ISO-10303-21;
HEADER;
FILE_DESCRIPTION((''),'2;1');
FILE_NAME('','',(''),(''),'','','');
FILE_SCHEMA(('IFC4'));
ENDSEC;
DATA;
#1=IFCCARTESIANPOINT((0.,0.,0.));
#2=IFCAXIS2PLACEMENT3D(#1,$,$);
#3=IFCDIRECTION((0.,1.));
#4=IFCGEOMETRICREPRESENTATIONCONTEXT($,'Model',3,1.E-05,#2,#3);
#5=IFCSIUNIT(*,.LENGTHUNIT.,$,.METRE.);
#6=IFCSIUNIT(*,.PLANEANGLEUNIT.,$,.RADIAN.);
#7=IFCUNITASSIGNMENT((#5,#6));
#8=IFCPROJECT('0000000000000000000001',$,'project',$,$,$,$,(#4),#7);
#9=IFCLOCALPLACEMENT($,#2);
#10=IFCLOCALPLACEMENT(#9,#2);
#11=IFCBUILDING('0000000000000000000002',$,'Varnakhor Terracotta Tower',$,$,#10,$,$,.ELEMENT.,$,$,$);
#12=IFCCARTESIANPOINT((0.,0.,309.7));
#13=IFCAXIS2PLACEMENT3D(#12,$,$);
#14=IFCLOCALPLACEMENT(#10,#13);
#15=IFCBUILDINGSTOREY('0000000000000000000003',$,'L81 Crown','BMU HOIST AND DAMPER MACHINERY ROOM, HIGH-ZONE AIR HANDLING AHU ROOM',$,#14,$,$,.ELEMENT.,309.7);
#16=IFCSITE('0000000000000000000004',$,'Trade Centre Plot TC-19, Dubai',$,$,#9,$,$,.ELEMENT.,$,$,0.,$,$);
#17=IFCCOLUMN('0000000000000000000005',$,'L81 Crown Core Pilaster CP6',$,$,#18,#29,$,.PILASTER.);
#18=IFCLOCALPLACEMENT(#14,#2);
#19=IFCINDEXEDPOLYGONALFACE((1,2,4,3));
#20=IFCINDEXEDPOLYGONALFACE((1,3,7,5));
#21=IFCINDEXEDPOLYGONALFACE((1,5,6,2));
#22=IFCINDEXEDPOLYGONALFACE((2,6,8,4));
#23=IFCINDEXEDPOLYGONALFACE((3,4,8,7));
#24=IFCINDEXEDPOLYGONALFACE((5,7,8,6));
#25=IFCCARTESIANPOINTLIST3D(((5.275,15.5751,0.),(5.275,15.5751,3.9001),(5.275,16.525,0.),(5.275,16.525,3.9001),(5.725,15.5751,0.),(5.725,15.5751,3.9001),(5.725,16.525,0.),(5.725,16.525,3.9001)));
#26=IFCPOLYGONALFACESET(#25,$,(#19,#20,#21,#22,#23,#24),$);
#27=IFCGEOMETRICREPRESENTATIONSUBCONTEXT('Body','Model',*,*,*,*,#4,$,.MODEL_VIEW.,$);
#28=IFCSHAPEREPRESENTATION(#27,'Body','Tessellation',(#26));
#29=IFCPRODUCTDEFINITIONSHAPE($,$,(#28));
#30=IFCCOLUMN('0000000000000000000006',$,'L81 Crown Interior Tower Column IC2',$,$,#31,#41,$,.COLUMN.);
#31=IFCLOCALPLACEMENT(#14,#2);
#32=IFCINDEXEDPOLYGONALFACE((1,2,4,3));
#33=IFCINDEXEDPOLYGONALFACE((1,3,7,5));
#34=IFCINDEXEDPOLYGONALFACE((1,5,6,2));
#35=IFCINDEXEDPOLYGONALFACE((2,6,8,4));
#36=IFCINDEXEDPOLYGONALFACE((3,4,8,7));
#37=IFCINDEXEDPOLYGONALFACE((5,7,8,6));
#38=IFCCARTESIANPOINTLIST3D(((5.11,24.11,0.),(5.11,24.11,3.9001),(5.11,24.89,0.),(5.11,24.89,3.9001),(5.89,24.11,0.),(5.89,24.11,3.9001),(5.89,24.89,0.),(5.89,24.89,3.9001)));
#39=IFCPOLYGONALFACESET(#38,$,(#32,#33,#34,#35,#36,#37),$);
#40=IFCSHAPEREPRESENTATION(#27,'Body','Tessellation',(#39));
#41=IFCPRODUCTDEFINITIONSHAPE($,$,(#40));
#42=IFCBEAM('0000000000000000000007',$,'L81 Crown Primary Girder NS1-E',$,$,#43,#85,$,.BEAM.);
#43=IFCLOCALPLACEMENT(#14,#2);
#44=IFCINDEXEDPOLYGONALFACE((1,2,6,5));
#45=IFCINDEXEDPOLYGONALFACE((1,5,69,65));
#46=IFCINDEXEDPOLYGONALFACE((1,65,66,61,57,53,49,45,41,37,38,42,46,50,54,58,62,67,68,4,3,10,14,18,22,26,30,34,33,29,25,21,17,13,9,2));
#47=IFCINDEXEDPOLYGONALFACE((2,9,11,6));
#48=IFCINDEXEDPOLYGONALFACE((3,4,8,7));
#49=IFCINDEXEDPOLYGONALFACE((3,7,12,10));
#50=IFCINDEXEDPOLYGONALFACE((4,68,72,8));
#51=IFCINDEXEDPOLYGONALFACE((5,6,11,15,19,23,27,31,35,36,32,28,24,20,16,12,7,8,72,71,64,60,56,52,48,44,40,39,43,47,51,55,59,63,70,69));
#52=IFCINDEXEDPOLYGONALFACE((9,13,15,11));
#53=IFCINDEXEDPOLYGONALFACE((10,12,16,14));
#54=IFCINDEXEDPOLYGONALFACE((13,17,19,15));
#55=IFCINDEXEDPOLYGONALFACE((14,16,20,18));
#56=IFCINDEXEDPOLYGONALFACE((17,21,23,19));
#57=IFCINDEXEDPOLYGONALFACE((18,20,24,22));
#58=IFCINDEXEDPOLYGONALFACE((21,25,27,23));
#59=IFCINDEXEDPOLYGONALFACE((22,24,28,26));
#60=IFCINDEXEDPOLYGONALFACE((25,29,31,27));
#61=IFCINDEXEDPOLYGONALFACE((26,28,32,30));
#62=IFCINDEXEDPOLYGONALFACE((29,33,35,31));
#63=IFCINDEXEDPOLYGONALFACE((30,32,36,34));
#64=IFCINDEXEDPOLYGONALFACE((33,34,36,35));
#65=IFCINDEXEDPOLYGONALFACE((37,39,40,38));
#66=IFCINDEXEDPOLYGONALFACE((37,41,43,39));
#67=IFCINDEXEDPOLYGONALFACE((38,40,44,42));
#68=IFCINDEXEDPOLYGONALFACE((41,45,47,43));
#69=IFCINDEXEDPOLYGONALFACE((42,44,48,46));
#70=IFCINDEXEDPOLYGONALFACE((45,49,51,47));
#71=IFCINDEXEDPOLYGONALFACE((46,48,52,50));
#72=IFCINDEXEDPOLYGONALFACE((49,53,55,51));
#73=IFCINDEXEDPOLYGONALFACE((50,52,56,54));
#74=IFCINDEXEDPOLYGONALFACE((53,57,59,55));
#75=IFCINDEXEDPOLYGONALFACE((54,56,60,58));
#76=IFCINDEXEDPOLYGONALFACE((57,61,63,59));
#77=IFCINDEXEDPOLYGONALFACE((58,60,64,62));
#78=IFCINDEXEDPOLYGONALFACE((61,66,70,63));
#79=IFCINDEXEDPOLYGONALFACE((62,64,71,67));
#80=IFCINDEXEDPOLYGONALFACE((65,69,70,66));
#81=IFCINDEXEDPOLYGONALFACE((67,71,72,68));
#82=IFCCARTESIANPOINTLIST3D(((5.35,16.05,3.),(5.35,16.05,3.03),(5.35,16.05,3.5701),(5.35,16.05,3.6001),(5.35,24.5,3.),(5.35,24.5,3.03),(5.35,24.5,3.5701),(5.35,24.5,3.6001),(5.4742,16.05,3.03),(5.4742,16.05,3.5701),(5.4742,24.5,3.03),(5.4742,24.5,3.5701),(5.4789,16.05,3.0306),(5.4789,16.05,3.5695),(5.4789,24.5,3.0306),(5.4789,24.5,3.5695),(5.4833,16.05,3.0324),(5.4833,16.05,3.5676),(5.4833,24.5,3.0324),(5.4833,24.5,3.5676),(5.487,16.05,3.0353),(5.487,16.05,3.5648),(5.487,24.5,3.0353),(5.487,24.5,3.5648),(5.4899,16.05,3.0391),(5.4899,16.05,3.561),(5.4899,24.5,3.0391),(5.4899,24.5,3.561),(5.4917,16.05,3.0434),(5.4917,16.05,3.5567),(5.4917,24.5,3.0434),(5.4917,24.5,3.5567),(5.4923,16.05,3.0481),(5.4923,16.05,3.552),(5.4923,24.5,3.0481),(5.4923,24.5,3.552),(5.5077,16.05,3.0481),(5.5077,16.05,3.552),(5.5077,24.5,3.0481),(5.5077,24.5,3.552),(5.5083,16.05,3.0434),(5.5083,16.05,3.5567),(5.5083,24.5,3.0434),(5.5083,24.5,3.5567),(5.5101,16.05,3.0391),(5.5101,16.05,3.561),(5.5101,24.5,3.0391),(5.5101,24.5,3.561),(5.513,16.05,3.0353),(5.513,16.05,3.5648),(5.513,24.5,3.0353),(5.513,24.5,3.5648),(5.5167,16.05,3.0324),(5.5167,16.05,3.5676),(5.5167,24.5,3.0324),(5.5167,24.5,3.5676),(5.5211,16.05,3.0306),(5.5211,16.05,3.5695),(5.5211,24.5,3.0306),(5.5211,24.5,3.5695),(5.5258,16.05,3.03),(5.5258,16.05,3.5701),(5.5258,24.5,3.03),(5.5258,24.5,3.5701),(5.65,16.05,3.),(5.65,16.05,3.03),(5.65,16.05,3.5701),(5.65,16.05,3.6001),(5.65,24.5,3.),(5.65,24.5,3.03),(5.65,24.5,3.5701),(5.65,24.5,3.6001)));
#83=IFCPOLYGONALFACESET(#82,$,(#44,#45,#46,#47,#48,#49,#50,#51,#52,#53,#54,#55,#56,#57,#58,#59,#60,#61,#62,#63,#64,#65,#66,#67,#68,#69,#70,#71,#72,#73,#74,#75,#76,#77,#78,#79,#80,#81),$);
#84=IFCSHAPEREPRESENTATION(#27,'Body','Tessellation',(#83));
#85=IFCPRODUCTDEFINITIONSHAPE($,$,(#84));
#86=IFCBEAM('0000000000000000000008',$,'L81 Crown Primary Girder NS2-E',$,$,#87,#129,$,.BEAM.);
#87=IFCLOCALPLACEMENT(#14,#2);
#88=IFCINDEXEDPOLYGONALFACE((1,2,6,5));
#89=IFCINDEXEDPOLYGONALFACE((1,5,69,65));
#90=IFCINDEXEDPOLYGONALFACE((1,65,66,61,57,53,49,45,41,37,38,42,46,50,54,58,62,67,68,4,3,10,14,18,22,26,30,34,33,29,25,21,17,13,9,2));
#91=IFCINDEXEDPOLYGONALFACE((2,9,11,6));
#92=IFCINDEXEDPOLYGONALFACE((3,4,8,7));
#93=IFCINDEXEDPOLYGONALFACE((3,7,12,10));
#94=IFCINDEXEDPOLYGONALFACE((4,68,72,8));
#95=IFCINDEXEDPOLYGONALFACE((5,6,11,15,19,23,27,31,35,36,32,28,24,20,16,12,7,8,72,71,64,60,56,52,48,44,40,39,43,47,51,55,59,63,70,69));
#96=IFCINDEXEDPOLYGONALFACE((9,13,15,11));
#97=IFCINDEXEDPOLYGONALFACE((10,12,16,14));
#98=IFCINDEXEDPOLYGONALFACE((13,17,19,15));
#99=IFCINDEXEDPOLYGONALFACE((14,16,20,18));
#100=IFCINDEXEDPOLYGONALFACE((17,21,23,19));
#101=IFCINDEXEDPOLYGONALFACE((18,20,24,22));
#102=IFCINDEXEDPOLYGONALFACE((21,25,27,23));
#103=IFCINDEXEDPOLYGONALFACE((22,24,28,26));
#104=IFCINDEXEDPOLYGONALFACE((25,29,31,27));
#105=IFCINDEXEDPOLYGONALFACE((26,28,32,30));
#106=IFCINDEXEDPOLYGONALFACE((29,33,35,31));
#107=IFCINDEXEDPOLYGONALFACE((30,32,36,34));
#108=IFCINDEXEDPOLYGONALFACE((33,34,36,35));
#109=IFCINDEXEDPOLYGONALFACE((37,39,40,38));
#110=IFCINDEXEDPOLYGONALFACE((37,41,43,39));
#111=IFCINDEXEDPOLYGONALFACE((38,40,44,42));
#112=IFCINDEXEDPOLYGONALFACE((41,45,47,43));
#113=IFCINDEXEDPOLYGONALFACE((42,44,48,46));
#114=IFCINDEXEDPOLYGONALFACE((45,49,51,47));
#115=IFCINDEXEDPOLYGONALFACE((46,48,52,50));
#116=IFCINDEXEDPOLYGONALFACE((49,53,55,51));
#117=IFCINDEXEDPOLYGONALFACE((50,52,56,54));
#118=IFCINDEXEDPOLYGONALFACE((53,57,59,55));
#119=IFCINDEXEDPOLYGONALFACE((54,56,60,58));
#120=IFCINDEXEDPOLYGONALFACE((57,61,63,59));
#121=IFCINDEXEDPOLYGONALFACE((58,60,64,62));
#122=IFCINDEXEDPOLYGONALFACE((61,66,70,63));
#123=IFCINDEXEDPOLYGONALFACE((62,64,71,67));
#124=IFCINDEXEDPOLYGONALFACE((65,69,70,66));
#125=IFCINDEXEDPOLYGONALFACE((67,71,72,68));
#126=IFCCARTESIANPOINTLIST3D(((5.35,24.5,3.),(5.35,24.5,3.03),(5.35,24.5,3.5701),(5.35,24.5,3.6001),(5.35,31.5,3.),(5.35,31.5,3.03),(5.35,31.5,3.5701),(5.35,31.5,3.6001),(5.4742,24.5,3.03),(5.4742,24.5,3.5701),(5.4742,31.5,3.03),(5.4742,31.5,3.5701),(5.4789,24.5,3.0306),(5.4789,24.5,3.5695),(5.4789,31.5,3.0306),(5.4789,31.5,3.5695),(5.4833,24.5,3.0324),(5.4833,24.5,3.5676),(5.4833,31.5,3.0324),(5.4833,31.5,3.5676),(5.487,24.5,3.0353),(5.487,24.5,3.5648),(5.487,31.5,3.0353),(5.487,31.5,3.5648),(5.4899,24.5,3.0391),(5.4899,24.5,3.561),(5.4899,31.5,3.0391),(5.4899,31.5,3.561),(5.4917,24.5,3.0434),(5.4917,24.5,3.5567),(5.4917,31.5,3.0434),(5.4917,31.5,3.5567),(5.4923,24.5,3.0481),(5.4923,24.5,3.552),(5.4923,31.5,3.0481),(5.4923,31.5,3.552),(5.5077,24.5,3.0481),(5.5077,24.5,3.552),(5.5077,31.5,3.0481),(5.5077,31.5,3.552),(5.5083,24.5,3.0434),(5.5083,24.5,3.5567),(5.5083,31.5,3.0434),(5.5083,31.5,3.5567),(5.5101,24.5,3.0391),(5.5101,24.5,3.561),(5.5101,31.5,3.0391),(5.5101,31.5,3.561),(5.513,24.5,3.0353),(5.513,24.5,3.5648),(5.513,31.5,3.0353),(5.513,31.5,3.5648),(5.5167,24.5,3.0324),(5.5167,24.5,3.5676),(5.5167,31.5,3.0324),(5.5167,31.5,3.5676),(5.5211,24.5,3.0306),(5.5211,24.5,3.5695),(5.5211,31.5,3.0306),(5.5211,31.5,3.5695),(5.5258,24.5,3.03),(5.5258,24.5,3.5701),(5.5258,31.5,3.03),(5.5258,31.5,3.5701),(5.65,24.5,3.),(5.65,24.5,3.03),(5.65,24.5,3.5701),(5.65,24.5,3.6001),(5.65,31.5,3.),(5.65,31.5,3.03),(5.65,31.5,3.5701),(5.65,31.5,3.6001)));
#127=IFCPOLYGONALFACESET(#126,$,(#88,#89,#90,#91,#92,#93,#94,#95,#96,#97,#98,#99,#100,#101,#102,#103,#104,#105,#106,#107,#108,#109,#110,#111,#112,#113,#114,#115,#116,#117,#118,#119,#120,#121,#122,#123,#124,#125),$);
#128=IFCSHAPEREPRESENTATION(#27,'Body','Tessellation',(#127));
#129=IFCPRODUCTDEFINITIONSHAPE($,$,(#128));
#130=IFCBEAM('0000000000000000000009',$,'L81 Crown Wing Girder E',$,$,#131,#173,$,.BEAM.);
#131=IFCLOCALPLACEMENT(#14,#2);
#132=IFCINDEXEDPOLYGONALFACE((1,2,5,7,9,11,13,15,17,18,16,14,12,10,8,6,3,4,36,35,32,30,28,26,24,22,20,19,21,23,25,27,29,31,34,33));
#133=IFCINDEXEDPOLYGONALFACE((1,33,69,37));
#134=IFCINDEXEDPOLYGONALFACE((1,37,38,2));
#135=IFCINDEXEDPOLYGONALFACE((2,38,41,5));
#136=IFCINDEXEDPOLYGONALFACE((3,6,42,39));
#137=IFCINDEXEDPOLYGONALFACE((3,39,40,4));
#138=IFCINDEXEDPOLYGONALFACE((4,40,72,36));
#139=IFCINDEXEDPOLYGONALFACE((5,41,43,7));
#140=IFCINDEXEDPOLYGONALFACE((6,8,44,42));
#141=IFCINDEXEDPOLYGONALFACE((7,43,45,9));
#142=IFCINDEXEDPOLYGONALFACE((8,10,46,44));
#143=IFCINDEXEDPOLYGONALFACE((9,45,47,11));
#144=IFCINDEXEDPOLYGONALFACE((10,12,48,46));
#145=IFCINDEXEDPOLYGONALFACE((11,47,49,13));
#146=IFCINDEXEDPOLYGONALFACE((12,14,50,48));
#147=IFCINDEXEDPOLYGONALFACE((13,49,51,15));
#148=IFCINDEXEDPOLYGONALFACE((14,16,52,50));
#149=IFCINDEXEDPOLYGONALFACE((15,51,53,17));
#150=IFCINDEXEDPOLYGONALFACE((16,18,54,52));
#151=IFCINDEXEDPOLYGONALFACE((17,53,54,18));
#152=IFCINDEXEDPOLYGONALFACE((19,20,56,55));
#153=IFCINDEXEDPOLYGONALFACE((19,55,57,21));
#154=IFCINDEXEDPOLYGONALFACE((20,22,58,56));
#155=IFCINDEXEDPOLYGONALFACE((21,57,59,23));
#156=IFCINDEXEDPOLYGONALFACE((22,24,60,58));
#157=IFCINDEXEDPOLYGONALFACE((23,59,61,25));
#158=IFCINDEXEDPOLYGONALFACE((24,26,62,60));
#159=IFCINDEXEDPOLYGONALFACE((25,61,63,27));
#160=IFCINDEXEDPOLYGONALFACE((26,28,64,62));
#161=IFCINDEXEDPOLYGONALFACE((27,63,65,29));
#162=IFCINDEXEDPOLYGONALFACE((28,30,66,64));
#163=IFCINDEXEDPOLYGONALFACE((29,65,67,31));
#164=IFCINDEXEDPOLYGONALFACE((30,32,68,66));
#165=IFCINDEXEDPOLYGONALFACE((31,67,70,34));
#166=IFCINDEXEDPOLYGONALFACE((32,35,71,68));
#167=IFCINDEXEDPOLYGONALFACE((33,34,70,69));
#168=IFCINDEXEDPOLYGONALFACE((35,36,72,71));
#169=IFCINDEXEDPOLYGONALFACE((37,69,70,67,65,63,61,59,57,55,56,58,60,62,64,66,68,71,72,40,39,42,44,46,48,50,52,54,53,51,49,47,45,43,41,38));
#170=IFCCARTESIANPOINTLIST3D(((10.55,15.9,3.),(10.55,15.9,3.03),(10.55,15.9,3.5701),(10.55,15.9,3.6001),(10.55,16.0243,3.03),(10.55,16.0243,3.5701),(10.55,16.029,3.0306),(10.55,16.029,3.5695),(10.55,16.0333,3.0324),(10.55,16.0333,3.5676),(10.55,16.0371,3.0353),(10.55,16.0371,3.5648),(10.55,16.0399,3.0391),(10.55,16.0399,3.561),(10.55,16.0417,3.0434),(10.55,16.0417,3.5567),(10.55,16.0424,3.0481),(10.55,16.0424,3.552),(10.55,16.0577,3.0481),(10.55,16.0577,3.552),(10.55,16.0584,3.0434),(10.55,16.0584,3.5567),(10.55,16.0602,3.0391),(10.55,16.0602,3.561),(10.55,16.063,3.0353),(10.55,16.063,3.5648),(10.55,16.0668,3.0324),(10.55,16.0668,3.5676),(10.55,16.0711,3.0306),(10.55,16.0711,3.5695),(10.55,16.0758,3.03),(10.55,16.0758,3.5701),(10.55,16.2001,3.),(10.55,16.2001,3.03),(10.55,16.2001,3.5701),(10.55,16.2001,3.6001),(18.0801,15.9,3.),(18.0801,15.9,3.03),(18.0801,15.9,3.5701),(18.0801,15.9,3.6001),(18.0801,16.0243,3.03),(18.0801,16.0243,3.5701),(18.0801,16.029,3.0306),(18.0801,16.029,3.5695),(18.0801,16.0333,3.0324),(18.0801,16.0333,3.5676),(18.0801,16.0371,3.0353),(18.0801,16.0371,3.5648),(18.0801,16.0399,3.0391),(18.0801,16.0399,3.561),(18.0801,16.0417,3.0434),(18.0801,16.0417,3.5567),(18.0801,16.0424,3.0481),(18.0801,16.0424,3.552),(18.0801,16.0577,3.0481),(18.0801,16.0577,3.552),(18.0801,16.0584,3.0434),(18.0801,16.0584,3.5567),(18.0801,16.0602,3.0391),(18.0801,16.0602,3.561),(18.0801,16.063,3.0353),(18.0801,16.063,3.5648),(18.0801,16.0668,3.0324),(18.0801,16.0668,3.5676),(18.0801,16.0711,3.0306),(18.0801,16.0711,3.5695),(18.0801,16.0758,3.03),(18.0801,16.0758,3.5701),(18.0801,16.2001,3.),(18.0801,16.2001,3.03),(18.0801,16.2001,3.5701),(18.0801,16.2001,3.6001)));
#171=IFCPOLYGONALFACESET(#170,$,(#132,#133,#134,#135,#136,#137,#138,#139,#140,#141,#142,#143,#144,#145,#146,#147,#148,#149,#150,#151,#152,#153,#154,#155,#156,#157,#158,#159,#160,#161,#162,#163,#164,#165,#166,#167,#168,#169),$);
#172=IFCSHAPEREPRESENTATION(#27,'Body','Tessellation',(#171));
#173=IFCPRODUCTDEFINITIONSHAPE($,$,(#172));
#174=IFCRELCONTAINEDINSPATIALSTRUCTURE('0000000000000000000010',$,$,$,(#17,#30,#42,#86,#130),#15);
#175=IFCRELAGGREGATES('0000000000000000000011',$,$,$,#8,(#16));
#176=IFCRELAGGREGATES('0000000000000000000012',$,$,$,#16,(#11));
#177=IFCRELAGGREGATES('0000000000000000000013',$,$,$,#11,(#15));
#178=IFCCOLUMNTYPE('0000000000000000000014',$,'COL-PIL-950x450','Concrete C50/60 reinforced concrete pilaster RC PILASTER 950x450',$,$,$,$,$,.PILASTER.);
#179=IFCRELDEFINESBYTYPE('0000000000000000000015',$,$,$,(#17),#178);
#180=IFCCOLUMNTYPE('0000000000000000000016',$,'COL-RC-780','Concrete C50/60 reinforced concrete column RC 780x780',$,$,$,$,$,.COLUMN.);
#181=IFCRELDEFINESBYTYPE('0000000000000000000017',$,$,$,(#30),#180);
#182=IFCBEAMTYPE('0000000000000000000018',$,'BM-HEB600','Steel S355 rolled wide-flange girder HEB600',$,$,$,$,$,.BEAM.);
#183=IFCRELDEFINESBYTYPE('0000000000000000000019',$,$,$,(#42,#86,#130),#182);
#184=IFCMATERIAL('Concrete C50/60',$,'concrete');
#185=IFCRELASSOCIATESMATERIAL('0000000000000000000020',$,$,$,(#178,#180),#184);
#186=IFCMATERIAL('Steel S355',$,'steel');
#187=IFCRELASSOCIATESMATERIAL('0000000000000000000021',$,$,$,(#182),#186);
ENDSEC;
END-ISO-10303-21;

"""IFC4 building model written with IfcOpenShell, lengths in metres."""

from ifc_helpers import new_model, si_unit, direction, frame, origin, origin_2d, place, context, subcontext, project, spatial, rectangle, i_section, extrude, source, transform, mapped, material, material_profile, profile_set, type_object, element, save


model = new_model("IFC4")

# Units and contexts
model_context = context("Model", 3, precision=1e-05, world=origin(), true_north=direction((0.0, 1.0)))
body_context = subcontext(model_context, "Body", "Model", "MODEL_VIEW")
ifc_project = project(units=[si_unit("LENGTHUNIT", "METRE"), si_unit("PLANEANGLEUNIT", "RADIAN")], contexts=[model_context])

# Site, building, storey
site_placement = place(None, origin())
site = spatial("IfcSite", under=ifc_project, at=site_placement, Name="Trade Centre Plot TC-19, Dubai", CompositionType="ELEMENT", RefElevation=0.0)
building_placement = place(site_placement, origin())
building = spatial("IfcBuilding", under=site, at=building_placement, Name="Varnakhor Terracotta Tower", CompositionType="ELEMENT")
storey_placement = place(building_placement, frame((0.0, 0.0, 309.7)))
storey = spatial("IfcBuildingStorey", under=building, at=storey_placement, Name="L81 Crown", Description="BMU HOIST AND DAMPER MACHINERY ROOM, HIGH-ZONE AIR HANDLING AHU ROOM", CompositionType="ELEMENT", Elevation=309.7)

# Columns
ifc_material_1 = material(Name="Concrete C50/60", Category="concrete")
ifc_material_profile_1 = material_profile(ifc_material_1, rectangle(XDim=0.45, YDim=0.95, at=origin_2d()), Name="RC PILASTER 950x450")
ifc_profile_set_1 = profile_set([ifc_material_profile_1], Name="Concrete C50/60")
column_type_1 = type_object("IfcColumnType", Name="COL-PIL-950x450", Description="Concrete C50/60 reinforced concrete pilaster RC PILASTER 950x450", PredefinedType="PILASTER", material=ifc_profile_set_1)
shared_shape_1 = source(origin(), body_context, "Body", "SweptSolid", [
    extrude(rectangle(XDim=0.45, YDim=0.95, at=origin_2d()), origin(), (0.0, 0.0, 1.0), 3.9001),
])
column_1_placement = place(storey_placement, frame((5.5, 16.05, 0.0), z_axis=(0.0, 0.0, 1.0), x_axis=(1.0, 0.0, 0.0)))
element("IfcColumn", 1, at=column_1_placement, inside=storey, type_object=column_type_1, Name="L81 Crown Core Pilaster CP6", PredefinedType="PILASTER", context=body_context, shape_type="MappedRepresentation", body=[
    mapped(shared_shape_1, transform((0.0, 0.0, 0.0), scale=1.0)),
])
ifc_material_profile_2 = material_profile(ifc_material_1, rectangle(XDim=0.78, YDim=0.78, at=origin_2d()), Name="RC 780x780")
ifc_profile_set_2 = profile_set([ifc_material_profile_2], Name="Concrete C50/60")
column_type_2 = type_object("IfcColumnType", Name="COL-RC-780", Description="Concrete C50/60 reinforced concrete column RC 780x780", PredefinedType="COLUMN", material=ifc_profile_set_2)
shared_shape_2 = source(origin(), body_context, "Body", "SweptSolid", [
    extrude(rectangle(XDim=0.78, YDim=0.78, at=origin_2d()), origin(), (0.0, 0.0, 1.0), 3.9001),
])
column_2_placement = place(storey_placement, frame((5.5, 24.5, 0.0), z_axis=(0.0, 0.0, 1.0), x_axis=(1.0, 0.0, 0.0)))
element("IfcColumn", 2, at=column_2_placement, inside=storey, type_object=column_type_2, Name="L81 Crown Interior Tower Column IC2", PredefinedType="COLUMN", context=body_context, shape_type="MappedRepresentation", body=[
    mapped(shared_shape_2, transform((0.0, 0.0, 0.0), scale=1.0)),
])

# Beams
ifc_material_2 = material(Name="Steel S355", Category="steel")
ifc_material_profile_3 = material_profile(ifc_material_2, i_section(OverallWidth=0.3, OverallDepth=0.6001, WebThickness=0.0154, FlangeThickness=0.03, FilletRadius=0.0181, at=origin_2d()), Name="HEB600")
ifc_profile_set_3 = profile_set([ifc_material_profile_3], Name="Steel S355")
beam_type_1 = type_object("IfcBeamType", Name="BM-HEB600", Description="Steel S355 rolled wide-flange girder HEB600", PredefinedType="BEAM", material=ifc_profile_set_3)
shared_shape_3 = source(origin(), body_context, "Body", "SweptSolid", [
    extrude(i_section(OverallWidth=0.3, OverallDepth=0.6001, WebThickness=0.0154, FlangeThickness=0.03, FilletRadius=0.0181, at=origin_2d()), origin(), (0.0, 0.0, 1.0), 8.45),
])
beam_1_placement = place(storey_placement, frame((5.5, 16.05, 3.3), z_axis=(0.0, 1.0, 0.0), x_axis=(-1.0, 0.0, 0.0)))
element("IfcBeam", 3, at=beam_1_placement, inside=storey, type_object=beam_type_1, Name="L81 Crown Primary Girder NS1-E", PredefinedType="BEAM", context=body_context, shape_type="MappedRepresentation", body=[
    mapped(shared_shape_3, transform((0.0, 0.0, 0.0), scale=1.0)),
])
shared_shape_4 = source(origin(), body_context, "Body", "SweptSolid", [
    extrude(i_section(OverallWidth=0.3, OverallDepth=0.6001, WebThickness=0.0154, FlangeThickness=0.03, FilletRadius=0.0181, at=origin_2d()), origin(), (0.0, 0.0, 1.0), 7.0),
])
beam_2_placement = place(storey_placement, frame((5.5, 24.5, 3.3), z_axis=(0.0, 1.0, 0.0), x_axis=(-1.0, 0.0, 0.0)))
element("IfcBeam", 4, at=beam_2_placement, inside=storey, type_object=beam_type_1, Name="L81 Crown Primary Girder NS2-E", PredefinedType="BEAM", context=body_context, shape_type="MappedRepresentation", body=[
    mapped(shared_shape_4, transform((0.0, 0.0, 0.0), scale=1.0)),
])
shared_shape_5 = source(origin(), body_context, "Body", "SweptSolid", [
    extrude(i_section(OverallWidth=0.3, OverallDepth=0.6001, WebThickness=0.0154, FlangeThickness=0.03, FilletRadius=0.0181, at=origin_2d()), origin(), (0.0, 0.0, 1.0), 7.53),
])
beam_3_placement = place(storey_placement, frame((10.55, 16.05, 3.3), z_axis=(1.0, 0.0, 0.0), x_axis=(0.0, 1.0, 0.0)))
element("IfcBeam", 5, at=beam_3_placement, inside=storey, type_object=beam_type_1, Name="L81 Crown Wing Girder E", PredefinedType="BEAM", context=body_context, shape_type="MappedRepresentation", body=[
    mapped(shared_shape_5, transform((0.0, 0.0, 0.0), scale=1.0)),
])

save(model, "model.ifc")
